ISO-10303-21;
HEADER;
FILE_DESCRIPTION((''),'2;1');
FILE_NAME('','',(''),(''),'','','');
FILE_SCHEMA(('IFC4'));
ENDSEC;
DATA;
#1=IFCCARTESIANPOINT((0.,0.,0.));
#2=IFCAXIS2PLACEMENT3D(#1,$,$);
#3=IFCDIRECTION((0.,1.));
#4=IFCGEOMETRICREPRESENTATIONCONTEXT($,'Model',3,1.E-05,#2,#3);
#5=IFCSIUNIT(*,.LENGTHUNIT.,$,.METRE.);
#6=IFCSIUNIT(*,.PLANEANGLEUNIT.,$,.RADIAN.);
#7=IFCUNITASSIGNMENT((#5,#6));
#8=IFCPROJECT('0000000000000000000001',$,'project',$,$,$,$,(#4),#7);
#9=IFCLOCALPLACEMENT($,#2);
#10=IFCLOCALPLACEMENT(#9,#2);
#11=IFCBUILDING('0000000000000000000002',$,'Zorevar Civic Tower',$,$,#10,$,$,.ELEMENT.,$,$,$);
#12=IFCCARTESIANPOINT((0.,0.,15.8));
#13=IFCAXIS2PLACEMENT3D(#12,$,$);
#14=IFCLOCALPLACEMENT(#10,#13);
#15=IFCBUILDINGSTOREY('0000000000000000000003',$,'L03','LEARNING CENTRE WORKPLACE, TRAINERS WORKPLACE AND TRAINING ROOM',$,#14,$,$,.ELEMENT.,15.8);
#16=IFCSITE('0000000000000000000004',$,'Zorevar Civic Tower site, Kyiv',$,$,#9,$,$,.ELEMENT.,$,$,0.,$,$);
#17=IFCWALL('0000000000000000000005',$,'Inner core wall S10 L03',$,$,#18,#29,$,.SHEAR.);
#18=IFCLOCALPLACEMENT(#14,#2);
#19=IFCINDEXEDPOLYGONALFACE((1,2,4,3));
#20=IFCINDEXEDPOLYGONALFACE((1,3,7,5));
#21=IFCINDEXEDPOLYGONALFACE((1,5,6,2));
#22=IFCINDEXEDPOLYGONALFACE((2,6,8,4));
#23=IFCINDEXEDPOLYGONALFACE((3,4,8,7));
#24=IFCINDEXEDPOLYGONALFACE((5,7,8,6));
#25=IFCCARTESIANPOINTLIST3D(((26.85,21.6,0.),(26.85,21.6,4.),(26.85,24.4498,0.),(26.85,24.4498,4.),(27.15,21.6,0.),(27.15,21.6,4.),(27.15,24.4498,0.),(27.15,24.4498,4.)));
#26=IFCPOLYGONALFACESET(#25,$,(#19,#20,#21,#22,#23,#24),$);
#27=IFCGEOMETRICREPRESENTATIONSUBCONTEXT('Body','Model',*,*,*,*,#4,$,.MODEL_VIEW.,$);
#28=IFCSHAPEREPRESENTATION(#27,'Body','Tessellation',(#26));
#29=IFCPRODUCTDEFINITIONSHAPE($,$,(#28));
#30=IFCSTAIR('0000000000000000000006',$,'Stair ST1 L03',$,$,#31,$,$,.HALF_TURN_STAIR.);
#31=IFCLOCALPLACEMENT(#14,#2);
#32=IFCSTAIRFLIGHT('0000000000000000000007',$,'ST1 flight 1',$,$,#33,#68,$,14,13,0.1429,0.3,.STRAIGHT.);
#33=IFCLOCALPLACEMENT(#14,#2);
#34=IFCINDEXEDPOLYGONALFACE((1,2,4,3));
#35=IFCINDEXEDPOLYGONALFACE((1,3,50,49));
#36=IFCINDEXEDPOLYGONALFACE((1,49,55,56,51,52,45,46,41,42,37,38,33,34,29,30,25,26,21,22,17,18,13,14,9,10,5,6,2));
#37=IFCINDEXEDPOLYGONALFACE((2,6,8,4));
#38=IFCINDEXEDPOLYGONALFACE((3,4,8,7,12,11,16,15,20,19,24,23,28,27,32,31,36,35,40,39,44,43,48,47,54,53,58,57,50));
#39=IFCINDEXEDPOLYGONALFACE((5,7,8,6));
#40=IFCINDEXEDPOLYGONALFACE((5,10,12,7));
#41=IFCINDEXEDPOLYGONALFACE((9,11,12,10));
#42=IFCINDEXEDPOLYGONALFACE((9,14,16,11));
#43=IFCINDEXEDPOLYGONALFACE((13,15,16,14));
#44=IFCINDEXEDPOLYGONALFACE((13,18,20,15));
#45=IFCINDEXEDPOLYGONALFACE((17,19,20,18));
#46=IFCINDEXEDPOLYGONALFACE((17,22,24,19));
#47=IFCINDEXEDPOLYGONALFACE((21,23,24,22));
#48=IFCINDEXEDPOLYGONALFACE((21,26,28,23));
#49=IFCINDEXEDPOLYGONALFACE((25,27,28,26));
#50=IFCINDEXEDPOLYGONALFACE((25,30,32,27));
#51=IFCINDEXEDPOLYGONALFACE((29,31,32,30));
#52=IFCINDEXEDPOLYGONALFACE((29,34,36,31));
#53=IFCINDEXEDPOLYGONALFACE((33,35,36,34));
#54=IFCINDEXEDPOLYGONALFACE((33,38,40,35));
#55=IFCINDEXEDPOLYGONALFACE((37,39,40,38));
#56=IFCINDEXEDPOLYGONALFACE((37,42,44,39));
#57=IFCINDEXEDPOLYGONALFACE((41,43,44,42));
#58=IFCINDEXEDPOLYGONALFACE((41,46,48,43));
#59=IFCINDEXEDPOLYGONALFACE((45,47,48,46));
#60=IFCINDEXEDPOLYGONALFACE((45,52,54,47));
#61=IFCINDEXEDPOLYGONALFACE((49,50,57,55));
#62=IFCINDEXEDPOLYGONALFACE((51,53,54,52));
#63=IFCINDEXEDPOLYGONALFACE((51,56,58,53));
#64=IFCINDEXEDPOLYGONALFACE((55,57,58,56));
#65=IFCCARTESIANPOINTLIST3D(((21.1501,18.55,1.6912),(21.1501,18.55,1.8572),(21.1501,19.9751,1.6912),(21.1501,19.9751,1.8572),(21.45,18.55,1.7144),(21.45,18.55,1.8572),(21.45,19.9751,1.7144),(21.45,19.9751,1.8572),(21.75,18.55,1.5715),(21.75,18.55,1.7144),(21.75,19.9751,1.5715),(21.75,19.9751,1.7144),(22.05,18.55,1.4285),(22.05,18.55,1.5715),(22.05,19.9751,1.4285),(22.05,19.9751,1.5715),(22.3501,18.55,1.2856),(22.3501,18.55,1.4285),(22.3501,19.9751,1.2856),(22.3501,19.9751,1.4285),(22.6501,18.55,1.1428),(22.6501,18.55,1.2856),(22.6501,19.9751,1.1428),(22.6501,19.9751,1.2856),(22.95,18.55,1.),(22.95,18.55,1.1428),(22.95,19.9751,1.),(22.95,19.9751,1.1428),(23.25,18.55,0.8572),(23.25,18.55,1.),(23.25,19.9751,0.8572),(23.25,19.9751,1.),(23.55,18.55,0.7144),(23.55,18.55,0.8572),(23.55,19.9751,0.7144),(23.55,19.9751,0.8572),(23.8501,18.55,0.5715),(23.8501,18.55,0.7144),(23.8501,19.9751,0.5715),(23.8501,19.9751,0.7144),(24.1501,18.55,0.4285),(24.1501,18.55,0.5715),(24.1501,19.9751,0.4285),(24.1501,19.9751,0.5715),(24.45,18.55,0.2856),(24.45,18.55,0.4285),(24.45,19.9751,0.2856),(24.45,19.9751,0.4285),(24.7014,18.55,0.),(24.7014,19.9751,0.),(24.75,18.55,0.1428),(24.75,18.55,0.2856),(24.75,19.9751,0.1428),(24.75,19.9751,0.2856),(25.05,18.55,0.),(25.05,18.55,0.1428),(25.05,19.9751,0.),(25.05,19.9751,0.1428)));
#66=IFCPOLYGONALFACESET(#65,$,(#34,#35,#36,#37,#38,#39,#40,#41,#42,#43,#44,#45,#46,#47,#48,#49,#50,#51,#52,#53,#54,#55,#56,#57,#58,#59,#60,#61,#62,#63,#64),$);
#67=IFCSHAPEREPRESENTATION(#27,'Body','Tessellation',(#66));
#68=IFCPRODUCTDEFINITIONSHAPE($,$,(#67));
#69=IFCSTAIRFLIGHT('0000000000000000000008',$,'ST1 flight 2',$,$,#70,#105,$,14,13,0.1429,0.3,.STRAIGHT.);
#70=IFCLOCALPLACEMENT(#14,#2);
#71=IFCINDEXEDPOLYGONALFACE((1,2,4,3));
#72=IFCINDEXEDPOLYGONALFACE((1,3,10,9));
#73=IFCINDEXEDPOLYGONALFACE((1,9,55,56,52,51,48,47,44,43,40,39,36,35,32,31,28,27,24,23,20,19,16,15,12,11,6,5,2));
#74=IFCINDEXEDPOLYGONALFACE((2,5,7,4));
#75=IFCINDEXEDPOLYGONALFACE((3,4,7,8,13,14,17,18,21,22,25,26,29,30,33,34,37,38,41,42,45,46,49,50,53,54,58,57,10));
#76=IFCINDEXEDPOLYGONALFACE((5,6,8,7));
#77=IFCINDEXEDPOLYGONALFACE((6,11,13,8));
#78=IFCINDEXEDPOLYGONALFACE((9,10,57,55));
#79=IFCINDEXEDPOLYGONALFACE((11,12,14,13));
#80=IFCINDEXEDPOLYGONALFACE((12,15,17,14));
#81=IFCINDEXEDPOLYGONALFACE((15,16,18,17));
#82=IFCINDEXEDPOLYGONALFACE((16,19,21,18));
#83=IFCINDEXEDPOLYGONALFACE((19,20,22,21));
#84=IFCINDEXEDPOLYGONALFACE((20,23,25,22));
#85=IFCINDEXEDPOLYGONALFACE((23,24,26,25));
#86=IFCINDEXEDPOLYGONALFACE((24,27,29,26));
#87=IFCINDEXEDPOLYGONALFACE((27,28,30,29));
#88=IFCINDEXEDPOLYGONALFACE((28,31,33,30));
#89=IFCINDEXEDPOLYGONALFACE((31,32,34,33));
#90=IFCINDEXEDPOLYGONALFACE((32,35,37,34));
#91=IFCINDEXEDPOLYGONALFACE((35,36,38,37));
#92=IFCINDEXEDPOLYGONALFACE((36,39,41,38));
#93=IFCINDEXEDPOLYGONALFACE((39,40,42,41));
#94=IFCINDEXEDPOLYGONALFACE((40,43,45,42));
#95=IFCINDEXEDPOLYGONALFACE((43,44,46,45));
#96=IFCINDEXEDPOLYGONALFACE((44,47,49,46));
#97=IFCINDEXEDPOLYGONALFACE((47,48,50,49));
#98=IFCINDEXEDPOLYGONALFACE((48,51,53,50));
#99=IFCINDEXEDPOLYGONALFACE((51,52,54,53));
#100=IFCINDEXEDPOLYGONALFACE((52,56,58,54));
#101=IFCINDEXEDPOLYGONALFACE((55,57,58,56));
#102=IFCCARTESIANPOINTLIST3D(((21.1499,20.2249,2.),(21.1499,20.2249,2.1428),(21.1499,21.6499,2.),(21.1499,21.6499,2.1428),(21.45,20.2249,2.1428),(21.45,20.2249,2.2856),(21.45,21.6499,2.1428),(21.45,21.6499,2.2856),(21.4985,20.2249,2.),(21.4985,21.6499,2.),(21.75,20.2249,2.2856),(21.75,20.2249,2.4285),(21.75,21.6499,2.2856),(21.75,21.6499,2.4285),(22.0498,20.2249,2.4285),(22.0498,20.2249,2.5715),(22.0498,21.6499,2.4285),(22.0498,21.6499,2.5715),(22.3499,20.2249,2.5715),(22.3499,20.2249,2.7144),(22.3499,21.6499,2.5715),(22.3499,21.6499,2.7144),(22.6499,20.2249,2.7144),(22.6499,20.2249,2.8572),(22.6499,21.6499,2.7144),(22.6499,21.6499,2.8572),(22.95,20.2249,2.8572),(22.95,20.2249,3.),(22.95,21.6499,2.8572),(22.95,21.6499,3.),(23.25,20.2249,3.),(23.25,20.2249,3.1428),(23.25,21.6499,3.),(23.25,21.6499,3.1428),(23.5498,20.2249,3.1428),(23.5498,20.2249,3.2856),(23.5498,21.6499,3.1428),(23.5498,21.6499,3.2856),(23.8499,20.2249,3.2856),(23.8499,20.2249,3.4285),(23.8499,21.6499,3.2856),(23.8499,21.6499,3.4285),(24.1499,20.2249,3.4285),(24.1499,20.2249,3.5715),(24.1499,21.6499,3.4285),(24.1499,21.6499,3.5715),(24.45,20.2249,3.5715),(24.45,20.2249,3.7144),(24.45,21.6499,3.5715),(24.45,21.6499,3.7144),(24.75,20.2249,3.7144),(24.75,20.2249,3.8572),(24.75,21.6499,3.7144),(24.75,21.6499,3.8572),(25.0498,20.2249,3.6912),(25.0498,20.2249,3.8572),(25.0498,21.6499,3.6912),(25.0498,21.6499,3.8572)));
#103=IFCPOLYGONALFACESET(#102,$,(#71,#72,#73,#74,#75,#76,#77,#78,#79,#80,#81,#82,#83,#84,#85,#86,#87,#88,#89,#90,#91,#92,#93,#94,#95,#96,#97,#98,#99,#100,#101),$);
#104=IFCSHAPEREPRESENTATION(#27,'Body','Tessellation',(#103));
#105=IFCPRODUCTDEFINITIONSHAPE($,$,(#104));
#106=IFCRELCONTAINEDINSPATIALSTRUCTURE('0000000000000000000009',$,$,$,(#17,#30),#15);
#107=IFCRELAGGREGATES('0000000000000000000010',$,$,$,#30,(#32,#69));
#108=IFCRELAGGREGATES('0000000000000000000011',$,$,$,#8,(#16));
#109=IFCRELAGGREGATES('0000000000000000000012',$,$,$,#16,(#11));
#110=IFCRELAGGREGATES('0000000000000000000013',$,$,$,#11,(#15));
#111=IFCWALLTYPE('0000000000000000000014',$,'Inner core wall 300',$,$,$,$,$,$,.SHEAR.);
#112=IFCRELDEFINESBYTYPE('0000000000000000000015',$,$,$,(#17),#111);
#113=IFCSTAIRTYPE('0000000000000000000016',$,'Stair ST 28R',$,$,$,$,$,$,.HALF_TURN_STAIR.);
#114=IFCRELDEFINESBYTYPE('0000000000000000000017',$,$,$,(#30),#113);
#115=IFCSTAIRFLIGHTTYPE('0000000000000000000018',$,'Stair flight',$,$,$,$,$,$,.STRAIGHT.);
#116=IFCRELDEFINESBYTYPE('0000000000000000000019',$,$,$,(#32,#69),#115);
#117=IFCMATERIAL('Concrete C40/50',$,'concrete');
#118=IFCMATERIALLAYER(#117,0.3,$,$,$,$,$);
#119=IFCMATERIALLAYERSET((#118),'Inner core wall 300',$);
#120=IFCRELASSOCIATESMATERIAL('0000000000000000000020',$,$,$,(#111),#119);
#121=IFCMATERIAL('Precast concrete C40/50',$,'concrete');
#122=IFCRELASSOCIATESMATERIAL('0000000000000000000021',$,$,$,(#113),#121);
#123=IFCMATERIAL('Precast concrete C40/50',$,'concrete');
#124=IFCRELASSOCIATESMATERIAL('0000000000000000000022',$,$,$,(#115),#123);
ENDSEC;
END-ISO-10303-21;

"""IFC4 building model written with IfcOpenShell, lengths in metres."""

from ifc_helpers import new_model, si_unit, direction, frame, frame_2d, origin, place, context, subcontext, project, spatial, polyline, rectangle, outline, extrude, material, layer, layer_set, type_object, element, aggregate, save


model = new_model("IFC4")

# Units and contexts
model_context = context("Model", 3, precision=1e-05, world=origin(), true_north=direction((0.0, 1.0)))
body_context = subcontext(model_context, "Body", "Model", "MODEL_VIEW")
ifc_project = project(units=[si_unit("LENGTHUNIT", "METRE"), si_unit("PLANEANGLEUNIT", "RADIAN")], contexts=[model_context])

# Site, building, storey
site_placement = place(None, origin())
site = spatial("IfcSite", under=ifc_project, at=site_placement, Name="Zorevar Civic Tower site, Kyiv", CompositionType="ELEMENT", RefElevation=0.0)
building_placement = place(site_placement, origin())
building = spatial("IfcBuilding", under=site, at=building_placement, Name="Zorevar Civic Tower", CompositionType="ELEMENT")
storey_placement = place(building_placement, frame((0.0, 0.0, 15.8)))
storey = spatial("IfcBuildingStorey", under=building, at=storey_placement, Name="L03", Description="LEARNING CENTRE WORKPLACE, TRAINERS WORKPLACE AND TRAINING ROOM", CompositionType="ELEMENT", Elevation=15.8)

# Shared definitions
ifc_material_1 = material(Name="Concrete C40/50", Category="concrete")
ifc_layer = layer(ifc_material_1, 0.3)
ifc_layer_set = layer_set([ifc_layer], Name="Inner core wall 300")
wall_type = type_object("IfcWallType", Name="Inner core wall 300", PredefinedType="SHEAR", material=ifc_layer_set)

# Wall
wall_1_placement = place(storey_placement, frame((27.0, 21.6001, 0.0), z_axis=(0.0, 0.0, 1.0), x_axis=(0.0, 1.0, 0.0)))
element("IfcWall", 1, at=wall_1_placement, inside=storey, type_object=wall_type, Name="Inner core wall S10 L03", PredefinedType="SHEAR", context=body_context, shape_type="SweptSolid", body=[
    extrude(rectangle(XDim=2.8499, YDim=0.3, at=frame_2d((1.4248, 0.0))), origin(), (0.0, 0.0, 1.0), 4.0),
])

# Stair, stair flights
ifc_material_2 = material(Name="Precast concrete C40/50", Category="concrete")
stair_type = type_object("IfcStairType", Name="Stair ST 28R", PredefinedType="HALF_TURN_STAIR", material=ifc_material_2)
stair_placement = place(storey_placement, origin())
stair = element("IfcStair", 2, at=stair_placement, inside=storey, type_object=stair_type, Name="Stair ST1 L03", PredefinedType="HALF_TURN_STAIR")
ifc_material_3 = material(Name="Precast concrete C40/50", Category="concrete")
stair_flight_type = type_object("IfcStairFlightType", Name="Stair flight", PredefinedType="STRAIGHT", material=ifc_material_3)
stair_flight_1_placement = place(storey_placement, frame((25.05, 19.2625, 0.0), z_axis=(0.0, 0.0, 1.0), x_axis=(-1.0, 0.0, 0.0)))
stair_flight_1 = element("IfcStairFlight", 3, at=stair_flight_1_placement, type_object=stair_flight_type, Name="ST1 flight 1", NumberOfRisers=14, NumberOfTreads=13, PredefinedType="STRAIGHT", RiserHeight=0.1429, TreadLength=0.3, context=body_context, shape_type="SweptSolid", body=[
    extrude(outline(polyline([(0.0, 0.0), (0.0, 0.1428), (0.3, 0.1428), (0.3, 0.2856), (0.6001, 0.2856), (0.6001, 0.4285), (0.8999, 0.4285), (0.8999, 0.5715), (1.2, 0.5715), (1.2, 0.7144), (1.5, 0.7144), (1.5, 0.8572), (1.8, 0.8572), (1.8, 1.0), (2.1001, 1.0), (2.1001, 1.1428), (2.3999, 1.1428), (2.3999, 1.2856), (2.7, 1.2856), (2.7, 1.4285), (3.0, 1.4285), (3.0, 1.5715), (3.3, 1.5715), (3.3, 1.7144), (3.6001, 1.7144), (3.6001, 1.8572), (3.8999, 1.8572), (3.8999, 2.0), (3.8999, 1.6912), (0.3486, 0.0), (0.0, 0.0)])), frame((0.0, 0.7124, 0.0), z_axis=(0.0, -1.0, 0.0), x_axis=(1.0, 0.0, 0.0)), (0.0, 0.0, 1.0), 1.425),
])
stair_flight_2_placement = place(storey_placement, frame((21.1499, 20.9375, 2.0), z_axis=(0.0, 0.0, 1.0), x_axis=(1.0, 0.0, 0.0)))
stair_flight_2 = element("IfcStairFlight", 4, at=stair_flight_2_placement, type_object=stair_flight_type, Name="ST1 flight 2", NumberOfRisers=14, NumberOfTreads=13, PredefinedType="STRAIGHT", RiserHeight=0.1429, TreadLength=0.3, context=body_context, shape_type="SweptSolid", body=[
    extrude(outline(polyline([(0.0, 0.0), (0.0, 0.1428), (0.3, 0.1428), (0.3, 0.2856), (0.6001, 0.2856), (0.6001, 0.4285), (0.8999, 0.4285), (0.8999, 0.5715), (1.2, 0.5715), (1.2, 0.7144), (1.5, 0.7144), (1.5, 0.8572), (1.8, 0.8572), (1.8, 1.0), (2.1001, 1.0), (2.1001, 1.1428), (2.3999, 1.1428), (2.3999, 1.2856), (2.7, 1.2856), (2.7, 1.4285), (3.0, 1.4285), (3.0, 1.5715), (3.3, 1.5715), (3.3, 1.7144), (3.6001, 1.7144), (3.6001, 1.8572), (3.8999, 1.8572), (3.8999, 2.0), (3.8999, 1.6912), (0.3486, 0.0), (0.0, 0.0)])), frame((0.0, 0.7124, 0.0), z_axis=(0.0, -1.0, 0.0), x_axis=(1.0, 0.0, 0.0)), (0.0, 0.0, 1.0), 1.425),
])
aggregate(stair, [stair_flight_1, stair_flight_2])

save(model, "model.ifc")
